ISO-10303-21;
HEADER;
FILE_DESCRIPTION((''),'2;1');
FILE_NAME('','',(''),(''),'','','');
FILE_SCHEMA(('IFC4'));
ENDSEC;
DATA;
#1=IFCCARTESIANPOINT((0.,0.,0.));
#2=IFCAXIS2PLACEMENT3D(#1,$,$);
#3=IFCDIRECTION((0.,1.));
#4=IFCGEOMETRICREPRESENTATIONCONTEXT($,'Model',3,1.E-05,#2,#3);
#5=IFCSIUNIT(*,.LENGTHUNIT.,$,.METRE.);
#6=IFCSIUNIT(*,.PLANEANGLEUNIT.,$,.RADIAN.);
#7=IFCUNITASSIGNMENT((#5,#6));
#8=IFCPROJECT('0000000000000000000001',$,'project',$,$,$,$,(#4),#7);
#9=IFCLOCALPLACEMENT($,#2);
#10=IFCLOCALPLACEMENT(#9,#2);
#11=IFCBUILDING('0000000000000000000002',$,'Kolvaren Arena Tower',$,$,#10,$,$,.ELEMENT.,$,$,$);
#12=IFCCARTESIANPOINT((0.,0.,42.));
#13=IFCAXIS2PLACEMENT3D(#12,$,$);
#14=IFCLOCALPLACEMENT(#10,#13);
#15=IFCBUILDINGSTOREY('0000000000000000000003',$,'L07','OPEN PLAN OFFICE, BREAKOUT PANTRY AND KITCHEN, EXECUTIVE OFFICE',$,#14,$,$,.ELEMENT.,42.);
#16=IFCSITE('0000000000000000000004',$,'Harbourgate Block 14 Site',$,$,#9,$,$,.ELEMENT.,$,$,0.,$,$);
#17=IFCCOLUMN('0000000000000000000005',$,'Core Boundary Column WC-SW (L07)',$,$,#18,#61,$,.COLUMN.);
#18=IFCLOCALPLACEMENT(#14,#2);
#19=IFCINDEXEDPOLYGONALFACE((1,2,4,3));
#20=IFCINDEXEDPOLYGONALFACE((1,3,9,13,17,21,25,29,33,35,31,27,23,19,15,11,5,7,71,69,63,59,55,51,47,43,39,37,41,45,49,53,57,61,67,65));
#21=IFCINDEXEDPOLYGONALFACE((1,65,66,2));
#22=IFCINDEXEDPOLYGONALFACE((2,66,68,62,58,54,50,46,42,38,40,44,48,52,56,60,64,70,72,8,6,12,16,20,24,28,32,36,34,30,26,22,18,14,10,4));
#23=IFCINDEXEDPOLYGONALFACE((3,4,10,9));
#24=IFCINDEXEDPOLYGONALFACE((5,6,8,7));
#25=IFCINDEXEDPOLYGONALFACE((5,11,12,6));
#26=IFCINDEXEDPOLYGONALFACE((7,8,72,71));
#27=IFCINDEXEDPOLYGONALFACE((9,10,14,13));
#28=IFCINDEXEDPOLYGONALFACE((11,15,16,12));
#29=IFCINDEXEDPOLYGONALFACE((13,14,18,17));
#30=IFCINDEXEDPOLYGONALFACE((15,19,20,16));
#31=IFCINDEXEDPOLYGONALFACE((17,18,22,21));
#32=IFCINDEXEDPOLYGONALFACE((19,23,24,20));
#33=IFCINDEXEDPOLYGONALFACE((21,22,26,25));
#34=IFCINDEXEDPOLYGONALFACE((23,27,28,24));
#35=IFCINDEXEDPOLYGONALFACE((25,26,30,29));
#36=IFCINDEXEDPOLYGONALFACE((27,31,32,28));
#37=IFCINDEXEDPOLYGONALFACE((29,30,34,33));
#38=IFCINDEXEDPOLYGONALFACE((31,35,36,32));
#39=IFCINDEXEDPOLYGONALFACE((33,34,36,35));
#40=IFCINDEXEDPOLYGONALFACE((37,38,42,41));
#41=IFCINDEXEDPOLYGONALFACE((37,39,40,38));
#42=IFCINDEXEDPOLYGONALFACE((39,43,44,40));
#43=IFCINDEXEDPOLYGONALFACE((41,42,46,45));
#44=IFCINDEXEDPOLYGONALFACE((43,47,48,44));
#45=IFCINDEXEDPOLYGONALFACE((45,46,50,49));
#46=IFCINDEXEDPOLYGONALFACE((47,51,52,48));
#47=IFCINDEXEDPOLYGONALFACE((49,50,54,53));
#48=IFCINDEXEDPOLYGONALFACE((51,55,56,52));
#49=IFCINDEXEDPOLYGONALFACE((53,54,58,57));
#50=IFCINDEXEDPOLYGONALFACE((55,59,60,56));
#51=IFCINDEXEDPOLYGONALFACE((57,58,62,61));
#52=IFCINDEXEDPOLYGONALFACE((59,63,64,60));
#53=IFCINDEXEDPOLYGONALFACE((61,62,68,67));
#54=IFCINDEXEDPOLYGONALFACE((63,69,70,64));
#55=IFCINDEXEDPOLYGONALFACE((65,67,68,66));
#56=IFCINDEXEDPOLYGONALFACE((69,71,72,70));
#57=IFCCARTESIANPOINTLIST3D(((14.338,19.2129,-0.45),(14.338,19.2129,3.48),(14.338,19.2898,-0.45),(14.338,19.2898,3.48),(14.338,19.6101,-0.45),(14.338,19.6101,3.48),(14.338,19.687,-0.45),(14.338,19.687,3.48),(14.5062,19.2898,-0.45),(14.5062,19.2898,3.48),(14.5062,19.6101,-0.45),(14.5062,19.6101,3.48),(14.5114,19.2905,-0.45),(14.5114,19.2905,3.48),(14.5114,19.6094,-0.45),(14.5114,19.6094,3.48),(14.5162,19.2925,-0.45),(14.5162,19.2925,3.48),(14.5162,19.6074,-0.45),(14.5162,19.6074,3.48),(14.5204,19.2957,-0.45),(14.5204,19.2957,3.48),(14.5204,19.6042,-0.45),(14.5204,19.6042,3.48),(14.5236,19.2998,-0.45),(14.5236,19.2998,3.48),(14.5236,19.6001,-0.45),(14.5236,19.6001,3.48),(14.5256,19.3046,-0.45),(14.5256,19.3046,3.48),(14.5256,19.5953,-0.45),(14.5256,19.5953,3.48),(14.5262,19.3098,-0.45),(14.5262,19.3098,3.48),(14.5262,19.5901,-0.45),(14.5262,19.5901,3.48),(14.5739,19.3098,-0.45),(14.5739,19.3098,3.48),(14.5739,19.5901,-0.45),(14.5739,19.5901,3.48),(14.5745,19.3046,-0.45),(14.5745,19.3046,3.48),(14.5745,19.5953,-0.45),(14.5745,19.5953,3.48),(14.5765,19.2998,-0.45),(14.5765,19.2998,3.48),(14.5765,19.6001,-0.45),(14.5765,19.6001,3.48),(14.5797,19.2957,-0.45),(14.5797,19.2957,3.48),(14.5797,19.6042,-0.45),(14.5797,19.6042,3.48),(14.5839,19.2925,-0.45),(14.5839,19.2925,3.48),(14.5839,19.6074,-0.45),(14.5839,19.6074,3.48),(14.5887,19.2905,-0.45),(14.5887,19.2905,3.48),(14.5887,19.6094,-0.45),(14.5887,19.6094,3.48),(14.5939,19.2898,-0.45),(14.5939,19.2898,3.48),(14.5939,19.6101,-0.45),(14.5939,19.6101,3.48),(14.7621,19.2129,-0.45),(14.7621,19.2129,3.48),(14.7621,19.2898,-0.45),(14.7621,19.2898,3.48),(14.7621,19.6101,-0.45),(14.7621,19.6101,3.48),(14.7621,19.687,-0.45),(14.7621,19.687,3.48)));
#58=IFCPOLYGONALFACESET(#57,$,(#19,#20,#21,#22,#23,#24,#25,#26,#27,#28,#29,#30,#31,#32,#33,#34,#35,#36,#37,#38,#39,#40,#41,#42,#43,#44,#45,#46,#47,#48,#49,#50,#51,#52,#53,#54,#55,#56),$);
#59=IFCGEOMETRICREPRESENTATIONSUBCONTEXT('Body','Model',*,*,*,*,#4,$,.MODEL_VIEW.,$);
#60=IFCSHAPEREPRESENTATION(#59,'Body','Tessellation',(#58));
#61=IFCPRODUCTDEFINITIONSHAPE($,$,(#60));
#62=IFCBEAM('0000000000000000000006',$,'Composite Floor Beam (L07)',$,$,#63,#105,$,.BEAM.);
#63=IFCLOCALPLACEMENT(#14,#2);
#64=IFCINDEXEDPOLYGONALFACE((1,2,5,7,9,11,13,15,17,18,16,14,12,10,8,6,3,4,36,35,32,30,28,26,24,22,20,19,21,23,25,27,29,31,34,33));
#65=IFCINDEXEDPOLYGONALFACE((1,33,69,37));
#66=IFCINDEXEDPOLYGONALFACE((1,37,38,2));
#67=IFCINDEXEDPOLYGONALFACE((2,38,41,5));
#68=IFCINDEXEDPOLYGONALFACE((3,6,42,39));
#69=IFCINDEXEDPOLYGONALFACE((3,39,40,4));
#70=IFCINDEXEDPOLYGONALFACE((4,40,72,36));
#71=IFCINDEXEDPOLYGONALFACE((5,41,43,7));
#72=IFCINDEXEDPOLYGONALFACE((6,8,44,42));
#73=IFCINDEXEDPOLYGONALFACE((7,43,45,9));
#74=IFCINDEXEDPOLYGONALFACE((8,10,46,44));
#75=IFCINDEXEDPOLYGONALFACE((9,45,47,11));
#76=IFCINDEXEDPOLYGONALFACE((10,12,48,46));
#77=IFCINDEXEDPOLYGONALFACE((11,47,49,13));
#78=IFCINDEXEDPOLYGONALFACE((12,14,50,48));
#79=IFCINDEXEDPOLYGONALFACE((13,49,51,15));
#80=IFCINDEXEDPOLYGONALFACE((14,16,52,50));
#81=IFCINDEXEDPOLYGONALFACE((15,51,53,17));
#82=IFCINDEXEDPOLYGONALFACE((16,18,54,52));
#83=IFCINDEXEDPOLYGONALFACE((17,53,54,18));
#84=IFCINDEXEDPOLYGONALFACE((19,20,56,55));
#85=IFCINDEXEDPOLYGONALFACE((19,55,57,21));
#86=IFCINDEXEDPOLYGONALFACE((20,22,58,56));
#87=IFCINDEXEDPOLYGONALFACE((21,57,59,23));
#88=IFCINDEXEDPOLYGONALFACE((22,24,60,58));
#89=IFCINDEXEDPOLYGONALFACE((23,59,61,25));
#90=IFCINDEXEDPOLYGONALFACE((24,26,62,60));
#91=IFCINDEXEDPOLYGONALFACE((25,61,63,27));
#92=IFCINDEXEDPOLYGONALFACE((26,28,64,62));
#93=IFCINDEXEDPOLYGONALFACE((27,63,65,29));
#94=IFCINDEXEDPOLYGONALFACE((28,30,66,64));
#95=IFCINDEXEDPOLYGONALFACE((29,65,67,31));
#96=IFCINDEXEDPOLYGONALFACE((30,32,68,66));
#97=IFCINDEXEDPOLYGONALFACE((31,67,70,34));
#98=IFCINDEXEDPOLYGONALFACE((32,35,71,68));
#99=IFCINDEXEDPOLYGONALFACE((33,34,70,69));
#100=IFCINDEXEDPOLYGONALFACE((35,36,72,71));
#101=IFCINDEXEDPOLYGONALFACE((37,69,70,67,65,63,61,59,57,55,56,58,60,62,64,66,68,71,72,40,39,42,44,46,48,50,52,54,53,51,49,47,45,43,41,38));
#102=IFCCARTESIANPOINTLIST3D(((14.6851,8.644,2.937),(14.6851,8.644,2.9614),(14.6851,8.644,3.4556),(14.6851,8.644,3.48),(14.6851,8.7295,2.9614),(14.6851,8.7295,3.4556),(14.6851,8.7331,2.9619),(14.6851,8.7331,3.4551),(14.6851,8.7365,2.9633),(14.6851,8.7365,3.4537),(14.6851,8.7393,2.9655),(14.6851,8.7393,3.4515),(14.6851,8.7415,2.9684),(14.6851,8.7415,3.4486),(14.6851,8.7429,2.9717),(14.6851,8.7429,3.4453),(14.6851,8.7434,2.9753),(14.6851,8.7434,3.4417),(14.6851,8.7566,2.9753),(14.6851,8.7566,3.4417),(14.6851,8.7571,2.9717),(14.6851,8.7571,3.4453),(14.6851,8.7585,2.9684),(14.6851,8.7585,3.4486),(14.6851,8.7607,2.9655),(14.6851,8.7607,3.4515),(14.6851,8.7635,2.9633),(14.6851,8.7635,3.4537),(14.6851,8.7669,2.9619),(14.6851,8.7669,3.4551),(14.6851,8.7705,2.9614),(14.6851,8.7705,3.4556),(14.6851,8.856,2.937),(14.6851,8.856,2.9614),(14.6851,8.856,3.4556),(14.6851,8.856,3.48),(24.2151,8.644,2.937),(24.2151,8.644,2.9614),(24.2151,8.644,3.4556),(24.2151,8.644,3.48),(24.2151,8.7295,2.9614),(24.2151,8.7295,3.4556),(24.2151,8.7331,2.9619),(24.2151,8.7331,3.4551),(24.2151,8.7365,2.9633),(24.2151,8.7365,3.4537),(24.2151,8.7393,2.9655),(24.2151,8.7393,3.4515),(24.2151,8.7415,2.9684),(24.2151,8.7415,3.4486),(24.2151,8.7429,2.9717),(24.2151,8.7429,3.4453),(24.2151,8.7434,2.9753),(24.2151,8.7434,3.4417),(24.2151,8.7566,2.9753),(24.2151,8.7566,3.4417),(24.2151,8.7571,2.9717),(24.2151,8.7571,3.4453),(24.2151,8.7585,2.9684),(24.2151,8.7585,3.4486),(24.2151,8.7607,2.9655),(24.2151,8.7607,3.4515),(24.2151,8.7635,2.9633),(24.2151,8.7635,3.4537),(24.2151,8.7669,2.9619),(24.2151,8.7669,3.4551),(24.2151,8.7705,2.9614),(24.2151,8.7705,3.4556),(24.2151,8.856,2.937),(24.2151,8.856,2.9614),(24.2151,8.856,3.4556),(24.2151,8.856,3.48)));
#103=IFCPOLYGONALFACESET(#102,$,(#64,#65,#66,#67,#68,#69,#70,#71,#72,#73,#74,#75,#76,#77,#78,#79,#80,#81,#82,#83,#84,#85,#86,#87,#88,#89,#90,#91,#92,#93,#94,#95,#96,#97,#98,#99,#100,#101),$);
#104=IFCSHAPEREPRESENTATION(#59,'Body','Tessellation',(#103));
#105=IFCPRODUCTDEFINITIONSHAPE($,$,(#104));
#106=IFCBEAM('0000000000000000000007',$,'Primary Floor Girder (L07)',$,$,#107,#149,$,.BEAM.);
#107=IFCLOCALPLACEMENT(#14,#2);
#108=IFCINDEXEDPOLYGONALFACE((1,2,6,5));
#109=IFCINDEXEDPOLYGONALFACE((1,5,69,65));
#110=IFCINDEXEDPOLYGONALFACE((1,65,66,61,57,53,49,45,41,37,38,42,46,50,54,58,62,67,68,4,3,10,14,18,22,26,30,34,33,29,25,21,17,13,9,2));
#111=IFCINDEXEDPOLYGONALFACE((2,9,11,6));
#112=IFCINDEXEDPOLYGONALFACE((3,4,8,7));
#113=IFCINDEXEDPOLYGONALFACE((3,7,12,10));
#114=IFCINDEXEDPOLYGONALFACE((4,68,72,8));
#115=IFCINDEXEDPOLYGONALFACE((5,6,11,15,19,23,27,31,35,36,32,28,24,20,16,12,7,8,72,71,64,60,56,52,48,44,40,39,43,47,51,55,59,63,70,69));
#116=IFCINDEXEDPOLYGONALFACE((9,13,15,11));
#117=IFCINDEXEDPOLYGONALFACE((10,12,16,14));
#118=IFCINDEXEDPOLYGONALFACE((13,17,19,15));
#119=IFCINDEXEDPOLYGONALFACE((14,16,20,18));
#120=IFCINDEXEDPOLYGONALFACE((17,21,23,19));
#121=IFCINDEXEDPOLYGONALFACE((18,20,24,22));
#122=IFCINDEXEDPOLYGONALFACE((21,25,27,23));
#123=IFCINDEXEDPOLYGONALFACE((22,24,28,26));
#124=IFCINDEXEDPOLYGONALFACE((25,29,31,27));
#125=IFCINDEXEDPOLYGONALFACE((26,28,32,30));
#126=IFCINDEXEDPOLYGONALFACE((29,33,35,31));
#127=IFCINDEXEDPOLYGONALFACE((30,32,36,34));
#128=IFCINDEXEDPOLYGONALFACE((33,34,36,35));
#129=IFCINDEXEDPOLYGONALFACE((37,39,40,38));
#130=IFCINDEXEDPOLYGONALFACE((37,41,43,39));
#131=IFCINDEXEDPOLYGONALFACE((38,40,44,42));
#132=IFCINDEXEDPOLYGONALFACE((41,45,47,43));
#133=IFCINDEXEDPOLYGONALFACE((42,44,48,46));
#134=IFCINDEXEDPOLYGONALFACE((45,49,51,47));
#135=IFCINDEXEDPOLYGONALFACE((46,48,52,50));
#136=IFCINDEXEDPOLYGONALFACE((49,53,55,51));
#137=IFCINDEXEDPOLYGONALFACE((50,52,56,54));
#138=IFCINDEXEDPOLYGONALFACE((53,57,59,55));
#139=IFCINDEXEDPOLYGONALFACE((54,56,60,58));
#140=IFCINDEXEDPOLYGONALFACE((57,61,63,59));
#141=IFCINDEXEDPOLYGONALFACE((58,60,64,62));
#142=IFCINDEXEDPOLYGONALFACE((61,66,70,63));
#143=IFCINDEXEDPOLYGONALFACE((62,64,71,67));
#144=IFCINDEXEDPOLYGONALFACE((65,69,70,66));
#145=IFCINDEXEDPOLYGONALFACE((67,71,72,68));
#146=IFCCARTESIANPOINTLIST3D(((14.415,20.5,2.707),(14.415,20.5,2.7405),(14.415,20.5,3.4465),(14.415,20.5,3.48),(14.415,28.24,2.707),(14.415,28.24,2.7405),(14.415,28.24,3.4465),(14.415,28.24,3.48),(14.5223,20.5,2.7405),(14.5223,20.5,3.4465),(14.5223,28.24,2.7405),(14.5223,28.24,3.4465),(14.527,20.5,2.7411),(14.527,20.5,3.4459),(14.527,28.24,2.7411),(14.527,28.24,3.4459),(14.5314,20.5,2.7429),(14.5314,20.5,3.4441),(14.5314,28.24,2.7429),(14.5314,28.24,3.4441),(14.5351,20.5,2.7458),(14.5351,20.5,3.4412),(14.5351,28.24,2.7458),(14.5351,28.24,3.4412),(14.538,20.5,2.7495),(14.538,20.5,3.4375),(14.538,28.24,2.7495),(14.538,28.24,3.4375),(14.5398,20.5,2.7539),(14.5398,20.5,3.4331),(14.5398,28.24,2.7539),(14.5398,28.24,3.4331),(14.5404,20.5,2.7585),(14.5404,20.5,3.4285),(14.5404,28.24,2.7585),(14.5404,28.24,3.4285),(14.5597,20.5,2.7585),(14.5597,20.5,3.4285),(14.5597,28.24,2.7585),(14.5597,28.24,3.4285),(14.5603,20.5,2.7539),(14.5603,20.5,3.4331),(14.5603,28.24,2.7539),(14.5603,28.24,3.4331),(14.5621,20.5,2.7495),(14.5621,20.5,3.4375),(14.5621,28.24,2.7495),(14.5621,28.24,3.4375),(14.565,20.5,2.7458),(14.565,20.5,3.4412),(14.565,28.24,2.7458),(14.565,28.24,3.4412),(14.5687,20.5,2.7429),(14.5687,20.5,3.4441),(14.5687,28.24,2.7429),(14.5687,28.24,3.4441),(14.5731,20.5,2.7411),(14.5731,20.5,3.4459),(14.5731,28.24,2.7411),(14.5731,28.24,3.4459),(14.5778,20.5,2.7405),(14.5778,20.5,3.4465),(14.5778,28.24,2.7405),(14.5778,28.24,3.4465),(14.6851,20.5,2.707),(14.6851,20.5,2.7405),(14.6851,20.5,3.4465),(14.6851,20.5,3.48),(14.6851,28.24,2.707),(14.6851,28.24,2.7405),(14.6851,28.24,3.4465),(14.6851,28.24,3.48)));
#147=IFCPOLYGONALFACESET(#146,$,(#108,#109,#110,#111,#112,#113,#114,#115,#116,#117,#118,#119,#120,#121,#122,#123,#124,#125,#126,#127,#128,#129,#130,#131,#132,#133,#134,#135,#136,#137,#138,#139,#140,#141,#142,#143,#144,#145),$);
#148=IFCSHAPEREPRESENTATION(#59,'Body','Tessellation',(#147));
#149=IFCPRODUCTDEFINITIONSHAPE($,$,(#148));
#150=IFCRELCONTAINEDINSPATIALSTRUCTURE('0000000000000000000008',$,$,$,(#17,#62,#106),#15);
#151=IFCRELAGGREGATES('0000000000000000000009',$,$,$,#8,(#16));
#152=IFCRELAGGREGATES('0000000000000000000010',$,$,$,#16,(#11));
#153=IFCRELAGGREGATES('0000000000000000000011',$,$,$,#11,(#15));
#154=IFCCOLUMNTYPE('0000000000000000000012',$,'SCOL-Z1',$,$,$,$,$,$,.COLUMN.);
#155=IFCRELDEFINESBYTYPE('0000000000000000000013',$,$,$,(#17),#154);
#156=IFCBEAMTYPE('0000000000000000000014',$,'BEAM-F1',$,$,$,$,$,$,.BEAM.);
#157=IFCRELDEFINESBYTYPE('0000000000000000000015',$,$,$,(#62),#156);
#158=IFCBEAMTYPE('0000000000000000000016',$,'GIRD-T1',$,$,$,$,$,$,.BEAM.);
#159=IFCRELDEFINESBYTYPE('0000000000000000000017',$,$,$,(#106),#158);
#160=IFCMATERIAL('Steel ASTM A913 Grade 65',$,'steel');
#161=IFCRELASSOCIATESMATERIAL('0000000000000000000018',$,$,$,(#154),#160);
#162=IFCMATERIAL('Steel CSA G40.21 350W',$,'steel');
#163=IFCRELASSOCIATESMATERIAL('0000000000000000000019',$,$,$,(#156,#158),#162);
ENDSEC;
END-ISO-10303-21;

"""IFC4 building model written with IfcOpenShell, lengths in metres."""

from ifc_helpers import new_model, si_unit, direction, frame, origin, origin_2d, place, context, subcontext, project, spatial, i_section, extrude, material, material_profile, profile_set, type_object, element, save


model = new_model("IFC4")

# Units and contexts
model_context = context("Model", 3, precision=1e-05, world=origin(), true_north=direction((0.0, 1.0)))
body_context = subcontext(model_context, "Body", "Model", "MODEL_VIEW")
ifc_project = project(units=[si_unit("LENGTHUNIT", "METRE"), si_unit("PLANEANGLEUNIT", "RADIAN")], contexts=[model_context])

# Site, building, storey
site_placement = place(None, origin())
site = spatial("IfcSite", under=ifc_project, at=site_placement, Name="Harbourgate Block 14 Site", CompositionType="ELEMENT", RefElevation=0.0)
building_placement = place(site_placement, origin())
building = spatial("IfcBuilding", under=site, at=building_placement, Name="Kolvaren Arena Tower", CompositionType="ELEMENT")
storey_placement = place(building_placement, frame((0.0, 0.0, 42.0)))
storey = spatial("IfcBuildingStorey", under=building, at=storey_placement, Name="L07", Description="OPEN PLAN OFFICE, BREAKOUT PANTRY AND KITCHEN, EXECUTIVE OFFICE", CompositionType="ELEMENT", Elevation=42.0)

# Column
ifc_material_1 = material(Name="Steel ASTM A913 Grade 65", Category="steel")
ifc_material_profile_1 = material_profile(ifc_material_1, i_section(OverallWidth=0.4241, OverallDepth=0.4741, WebThickness=0.0476, FlangeThickness=0.0769, FilletRadius=0.02, at=origin_2d()), Name="W360x634")
ifc_profile_set_1 = profile_set([ifc_material_profile_1], Name="Steel ASTM A913 Grade 65")
column_type = type_object("IfcColumnType", Name="SCOL-Z1", PredefinedType="COLUMN", material=ifc_profile_set_1)
column_placement = place(storey_placement, frame((14.55, 19.45, -0.45), z_axis=(0.0, 0.0, 1.0), x_axis=(1.0, 0.0, 0.0)))
element("IfcColumn", 1, at=column_placement, inside=storey, type_object=column_type, Name="Core Boundary Column WC-SW (L07)", PredefinedType="COLUMN", context=body_context, shape_type="SweptSolid", body=[
    extrude(i_section(OverallWidth=0.4241, OverallDepth=0.4741, WebThickness=0.0476, FlangeThickness=0.0769, FilletRadius=0.02, at=origin_2d()), origin(), (0.0, 0.0, 1.0), 3.9299),
])

# Beams
ifc_material_2 = material(Name="Steel CSA G40.21 350W", Category="steel")
ifc_material_profile_2 = material_profile(ifc_material_2, i_section(OverallWidth=0.2119, OverallDepth=0.543, WebThickness=0.0132, FlangeThickness=0.0244, FilletRadius=0.0139, at=origin_2d()), Name="W530x150")
ifc_profile_set_2 = profile_set([ifc_material_profile_2], Name="Steel CSA G40.21 350W")
beam_type_1 = type_object("IfcBeamType", Name="BEAM-F1", PredefinedType="BEAM", material=ifc_profile_set_2)
beam_1_placement = place(storey_placement, frame((14.6851, 8.75, 3.2085), z_axis=(1.0, 0.0, 0.0), x_axis=(0.0, 1.0, 0.0)))
element("IfcBeam", 2, at=beam_1_placement, inside=storey, type_object=beam_type_1, Name="Composite Floor Beam (L07)", PredefinedType="BEAM", context=body_context, shape_type="SweptSolid", body=[
    extrude(i_section(OverallWidth=0.2119, OverallDepth=0.543, WebThickness=0.0132, FlangeThickness=0.0244, FilletRadius=0.0139, at=origin_2d()), origin(), (0.0, 0.0, 1.0), 9.53),
])
ifc_material_profile_3 = material_profile(ifc_material_2, i_section(OverallWidth=0.27, OverallDepth=0.7729, WebThickness=0.0193, FlangeThickness=0.0334, FilletRadius=0.0181, at=origin_2d()), Name="W760x257")
ifc_profile_set_3 = profile_set([ifc_material_profile_3], Name="Steel CSA G40.21 350W")
beam_type_2 = type_object("IfcBeamType", Name="GIRD-T1", PredefinedType="BEAM", material=ifc_profile_set_3)
beam_2_placement = place(storey_placement, frame((14.55, 20.5, 3.0935), z_axis=(0.0, 1.0, 0.0), x_axis=(-1.0, 0.0, 0.0)))
element("IfcBeam", 3, at=beam_2_placement, inside=storey, type_object=beam_type_2, Name="Primary Floor Girder (L07)", PredefinedType="BEAM", context=body_context, shape_type="SweptSolid", body=[
    extrude(i_section(OverallWidth=0.27, OverallDepth=0.7729, WebThickness=0.0193, FlangeThickness=0.0334, FilletRadius=0.0181, at=origin_2d()), origin(), (0.0, 0.0, 1.0), 7.74),
])

save(model, "model.ifc")
